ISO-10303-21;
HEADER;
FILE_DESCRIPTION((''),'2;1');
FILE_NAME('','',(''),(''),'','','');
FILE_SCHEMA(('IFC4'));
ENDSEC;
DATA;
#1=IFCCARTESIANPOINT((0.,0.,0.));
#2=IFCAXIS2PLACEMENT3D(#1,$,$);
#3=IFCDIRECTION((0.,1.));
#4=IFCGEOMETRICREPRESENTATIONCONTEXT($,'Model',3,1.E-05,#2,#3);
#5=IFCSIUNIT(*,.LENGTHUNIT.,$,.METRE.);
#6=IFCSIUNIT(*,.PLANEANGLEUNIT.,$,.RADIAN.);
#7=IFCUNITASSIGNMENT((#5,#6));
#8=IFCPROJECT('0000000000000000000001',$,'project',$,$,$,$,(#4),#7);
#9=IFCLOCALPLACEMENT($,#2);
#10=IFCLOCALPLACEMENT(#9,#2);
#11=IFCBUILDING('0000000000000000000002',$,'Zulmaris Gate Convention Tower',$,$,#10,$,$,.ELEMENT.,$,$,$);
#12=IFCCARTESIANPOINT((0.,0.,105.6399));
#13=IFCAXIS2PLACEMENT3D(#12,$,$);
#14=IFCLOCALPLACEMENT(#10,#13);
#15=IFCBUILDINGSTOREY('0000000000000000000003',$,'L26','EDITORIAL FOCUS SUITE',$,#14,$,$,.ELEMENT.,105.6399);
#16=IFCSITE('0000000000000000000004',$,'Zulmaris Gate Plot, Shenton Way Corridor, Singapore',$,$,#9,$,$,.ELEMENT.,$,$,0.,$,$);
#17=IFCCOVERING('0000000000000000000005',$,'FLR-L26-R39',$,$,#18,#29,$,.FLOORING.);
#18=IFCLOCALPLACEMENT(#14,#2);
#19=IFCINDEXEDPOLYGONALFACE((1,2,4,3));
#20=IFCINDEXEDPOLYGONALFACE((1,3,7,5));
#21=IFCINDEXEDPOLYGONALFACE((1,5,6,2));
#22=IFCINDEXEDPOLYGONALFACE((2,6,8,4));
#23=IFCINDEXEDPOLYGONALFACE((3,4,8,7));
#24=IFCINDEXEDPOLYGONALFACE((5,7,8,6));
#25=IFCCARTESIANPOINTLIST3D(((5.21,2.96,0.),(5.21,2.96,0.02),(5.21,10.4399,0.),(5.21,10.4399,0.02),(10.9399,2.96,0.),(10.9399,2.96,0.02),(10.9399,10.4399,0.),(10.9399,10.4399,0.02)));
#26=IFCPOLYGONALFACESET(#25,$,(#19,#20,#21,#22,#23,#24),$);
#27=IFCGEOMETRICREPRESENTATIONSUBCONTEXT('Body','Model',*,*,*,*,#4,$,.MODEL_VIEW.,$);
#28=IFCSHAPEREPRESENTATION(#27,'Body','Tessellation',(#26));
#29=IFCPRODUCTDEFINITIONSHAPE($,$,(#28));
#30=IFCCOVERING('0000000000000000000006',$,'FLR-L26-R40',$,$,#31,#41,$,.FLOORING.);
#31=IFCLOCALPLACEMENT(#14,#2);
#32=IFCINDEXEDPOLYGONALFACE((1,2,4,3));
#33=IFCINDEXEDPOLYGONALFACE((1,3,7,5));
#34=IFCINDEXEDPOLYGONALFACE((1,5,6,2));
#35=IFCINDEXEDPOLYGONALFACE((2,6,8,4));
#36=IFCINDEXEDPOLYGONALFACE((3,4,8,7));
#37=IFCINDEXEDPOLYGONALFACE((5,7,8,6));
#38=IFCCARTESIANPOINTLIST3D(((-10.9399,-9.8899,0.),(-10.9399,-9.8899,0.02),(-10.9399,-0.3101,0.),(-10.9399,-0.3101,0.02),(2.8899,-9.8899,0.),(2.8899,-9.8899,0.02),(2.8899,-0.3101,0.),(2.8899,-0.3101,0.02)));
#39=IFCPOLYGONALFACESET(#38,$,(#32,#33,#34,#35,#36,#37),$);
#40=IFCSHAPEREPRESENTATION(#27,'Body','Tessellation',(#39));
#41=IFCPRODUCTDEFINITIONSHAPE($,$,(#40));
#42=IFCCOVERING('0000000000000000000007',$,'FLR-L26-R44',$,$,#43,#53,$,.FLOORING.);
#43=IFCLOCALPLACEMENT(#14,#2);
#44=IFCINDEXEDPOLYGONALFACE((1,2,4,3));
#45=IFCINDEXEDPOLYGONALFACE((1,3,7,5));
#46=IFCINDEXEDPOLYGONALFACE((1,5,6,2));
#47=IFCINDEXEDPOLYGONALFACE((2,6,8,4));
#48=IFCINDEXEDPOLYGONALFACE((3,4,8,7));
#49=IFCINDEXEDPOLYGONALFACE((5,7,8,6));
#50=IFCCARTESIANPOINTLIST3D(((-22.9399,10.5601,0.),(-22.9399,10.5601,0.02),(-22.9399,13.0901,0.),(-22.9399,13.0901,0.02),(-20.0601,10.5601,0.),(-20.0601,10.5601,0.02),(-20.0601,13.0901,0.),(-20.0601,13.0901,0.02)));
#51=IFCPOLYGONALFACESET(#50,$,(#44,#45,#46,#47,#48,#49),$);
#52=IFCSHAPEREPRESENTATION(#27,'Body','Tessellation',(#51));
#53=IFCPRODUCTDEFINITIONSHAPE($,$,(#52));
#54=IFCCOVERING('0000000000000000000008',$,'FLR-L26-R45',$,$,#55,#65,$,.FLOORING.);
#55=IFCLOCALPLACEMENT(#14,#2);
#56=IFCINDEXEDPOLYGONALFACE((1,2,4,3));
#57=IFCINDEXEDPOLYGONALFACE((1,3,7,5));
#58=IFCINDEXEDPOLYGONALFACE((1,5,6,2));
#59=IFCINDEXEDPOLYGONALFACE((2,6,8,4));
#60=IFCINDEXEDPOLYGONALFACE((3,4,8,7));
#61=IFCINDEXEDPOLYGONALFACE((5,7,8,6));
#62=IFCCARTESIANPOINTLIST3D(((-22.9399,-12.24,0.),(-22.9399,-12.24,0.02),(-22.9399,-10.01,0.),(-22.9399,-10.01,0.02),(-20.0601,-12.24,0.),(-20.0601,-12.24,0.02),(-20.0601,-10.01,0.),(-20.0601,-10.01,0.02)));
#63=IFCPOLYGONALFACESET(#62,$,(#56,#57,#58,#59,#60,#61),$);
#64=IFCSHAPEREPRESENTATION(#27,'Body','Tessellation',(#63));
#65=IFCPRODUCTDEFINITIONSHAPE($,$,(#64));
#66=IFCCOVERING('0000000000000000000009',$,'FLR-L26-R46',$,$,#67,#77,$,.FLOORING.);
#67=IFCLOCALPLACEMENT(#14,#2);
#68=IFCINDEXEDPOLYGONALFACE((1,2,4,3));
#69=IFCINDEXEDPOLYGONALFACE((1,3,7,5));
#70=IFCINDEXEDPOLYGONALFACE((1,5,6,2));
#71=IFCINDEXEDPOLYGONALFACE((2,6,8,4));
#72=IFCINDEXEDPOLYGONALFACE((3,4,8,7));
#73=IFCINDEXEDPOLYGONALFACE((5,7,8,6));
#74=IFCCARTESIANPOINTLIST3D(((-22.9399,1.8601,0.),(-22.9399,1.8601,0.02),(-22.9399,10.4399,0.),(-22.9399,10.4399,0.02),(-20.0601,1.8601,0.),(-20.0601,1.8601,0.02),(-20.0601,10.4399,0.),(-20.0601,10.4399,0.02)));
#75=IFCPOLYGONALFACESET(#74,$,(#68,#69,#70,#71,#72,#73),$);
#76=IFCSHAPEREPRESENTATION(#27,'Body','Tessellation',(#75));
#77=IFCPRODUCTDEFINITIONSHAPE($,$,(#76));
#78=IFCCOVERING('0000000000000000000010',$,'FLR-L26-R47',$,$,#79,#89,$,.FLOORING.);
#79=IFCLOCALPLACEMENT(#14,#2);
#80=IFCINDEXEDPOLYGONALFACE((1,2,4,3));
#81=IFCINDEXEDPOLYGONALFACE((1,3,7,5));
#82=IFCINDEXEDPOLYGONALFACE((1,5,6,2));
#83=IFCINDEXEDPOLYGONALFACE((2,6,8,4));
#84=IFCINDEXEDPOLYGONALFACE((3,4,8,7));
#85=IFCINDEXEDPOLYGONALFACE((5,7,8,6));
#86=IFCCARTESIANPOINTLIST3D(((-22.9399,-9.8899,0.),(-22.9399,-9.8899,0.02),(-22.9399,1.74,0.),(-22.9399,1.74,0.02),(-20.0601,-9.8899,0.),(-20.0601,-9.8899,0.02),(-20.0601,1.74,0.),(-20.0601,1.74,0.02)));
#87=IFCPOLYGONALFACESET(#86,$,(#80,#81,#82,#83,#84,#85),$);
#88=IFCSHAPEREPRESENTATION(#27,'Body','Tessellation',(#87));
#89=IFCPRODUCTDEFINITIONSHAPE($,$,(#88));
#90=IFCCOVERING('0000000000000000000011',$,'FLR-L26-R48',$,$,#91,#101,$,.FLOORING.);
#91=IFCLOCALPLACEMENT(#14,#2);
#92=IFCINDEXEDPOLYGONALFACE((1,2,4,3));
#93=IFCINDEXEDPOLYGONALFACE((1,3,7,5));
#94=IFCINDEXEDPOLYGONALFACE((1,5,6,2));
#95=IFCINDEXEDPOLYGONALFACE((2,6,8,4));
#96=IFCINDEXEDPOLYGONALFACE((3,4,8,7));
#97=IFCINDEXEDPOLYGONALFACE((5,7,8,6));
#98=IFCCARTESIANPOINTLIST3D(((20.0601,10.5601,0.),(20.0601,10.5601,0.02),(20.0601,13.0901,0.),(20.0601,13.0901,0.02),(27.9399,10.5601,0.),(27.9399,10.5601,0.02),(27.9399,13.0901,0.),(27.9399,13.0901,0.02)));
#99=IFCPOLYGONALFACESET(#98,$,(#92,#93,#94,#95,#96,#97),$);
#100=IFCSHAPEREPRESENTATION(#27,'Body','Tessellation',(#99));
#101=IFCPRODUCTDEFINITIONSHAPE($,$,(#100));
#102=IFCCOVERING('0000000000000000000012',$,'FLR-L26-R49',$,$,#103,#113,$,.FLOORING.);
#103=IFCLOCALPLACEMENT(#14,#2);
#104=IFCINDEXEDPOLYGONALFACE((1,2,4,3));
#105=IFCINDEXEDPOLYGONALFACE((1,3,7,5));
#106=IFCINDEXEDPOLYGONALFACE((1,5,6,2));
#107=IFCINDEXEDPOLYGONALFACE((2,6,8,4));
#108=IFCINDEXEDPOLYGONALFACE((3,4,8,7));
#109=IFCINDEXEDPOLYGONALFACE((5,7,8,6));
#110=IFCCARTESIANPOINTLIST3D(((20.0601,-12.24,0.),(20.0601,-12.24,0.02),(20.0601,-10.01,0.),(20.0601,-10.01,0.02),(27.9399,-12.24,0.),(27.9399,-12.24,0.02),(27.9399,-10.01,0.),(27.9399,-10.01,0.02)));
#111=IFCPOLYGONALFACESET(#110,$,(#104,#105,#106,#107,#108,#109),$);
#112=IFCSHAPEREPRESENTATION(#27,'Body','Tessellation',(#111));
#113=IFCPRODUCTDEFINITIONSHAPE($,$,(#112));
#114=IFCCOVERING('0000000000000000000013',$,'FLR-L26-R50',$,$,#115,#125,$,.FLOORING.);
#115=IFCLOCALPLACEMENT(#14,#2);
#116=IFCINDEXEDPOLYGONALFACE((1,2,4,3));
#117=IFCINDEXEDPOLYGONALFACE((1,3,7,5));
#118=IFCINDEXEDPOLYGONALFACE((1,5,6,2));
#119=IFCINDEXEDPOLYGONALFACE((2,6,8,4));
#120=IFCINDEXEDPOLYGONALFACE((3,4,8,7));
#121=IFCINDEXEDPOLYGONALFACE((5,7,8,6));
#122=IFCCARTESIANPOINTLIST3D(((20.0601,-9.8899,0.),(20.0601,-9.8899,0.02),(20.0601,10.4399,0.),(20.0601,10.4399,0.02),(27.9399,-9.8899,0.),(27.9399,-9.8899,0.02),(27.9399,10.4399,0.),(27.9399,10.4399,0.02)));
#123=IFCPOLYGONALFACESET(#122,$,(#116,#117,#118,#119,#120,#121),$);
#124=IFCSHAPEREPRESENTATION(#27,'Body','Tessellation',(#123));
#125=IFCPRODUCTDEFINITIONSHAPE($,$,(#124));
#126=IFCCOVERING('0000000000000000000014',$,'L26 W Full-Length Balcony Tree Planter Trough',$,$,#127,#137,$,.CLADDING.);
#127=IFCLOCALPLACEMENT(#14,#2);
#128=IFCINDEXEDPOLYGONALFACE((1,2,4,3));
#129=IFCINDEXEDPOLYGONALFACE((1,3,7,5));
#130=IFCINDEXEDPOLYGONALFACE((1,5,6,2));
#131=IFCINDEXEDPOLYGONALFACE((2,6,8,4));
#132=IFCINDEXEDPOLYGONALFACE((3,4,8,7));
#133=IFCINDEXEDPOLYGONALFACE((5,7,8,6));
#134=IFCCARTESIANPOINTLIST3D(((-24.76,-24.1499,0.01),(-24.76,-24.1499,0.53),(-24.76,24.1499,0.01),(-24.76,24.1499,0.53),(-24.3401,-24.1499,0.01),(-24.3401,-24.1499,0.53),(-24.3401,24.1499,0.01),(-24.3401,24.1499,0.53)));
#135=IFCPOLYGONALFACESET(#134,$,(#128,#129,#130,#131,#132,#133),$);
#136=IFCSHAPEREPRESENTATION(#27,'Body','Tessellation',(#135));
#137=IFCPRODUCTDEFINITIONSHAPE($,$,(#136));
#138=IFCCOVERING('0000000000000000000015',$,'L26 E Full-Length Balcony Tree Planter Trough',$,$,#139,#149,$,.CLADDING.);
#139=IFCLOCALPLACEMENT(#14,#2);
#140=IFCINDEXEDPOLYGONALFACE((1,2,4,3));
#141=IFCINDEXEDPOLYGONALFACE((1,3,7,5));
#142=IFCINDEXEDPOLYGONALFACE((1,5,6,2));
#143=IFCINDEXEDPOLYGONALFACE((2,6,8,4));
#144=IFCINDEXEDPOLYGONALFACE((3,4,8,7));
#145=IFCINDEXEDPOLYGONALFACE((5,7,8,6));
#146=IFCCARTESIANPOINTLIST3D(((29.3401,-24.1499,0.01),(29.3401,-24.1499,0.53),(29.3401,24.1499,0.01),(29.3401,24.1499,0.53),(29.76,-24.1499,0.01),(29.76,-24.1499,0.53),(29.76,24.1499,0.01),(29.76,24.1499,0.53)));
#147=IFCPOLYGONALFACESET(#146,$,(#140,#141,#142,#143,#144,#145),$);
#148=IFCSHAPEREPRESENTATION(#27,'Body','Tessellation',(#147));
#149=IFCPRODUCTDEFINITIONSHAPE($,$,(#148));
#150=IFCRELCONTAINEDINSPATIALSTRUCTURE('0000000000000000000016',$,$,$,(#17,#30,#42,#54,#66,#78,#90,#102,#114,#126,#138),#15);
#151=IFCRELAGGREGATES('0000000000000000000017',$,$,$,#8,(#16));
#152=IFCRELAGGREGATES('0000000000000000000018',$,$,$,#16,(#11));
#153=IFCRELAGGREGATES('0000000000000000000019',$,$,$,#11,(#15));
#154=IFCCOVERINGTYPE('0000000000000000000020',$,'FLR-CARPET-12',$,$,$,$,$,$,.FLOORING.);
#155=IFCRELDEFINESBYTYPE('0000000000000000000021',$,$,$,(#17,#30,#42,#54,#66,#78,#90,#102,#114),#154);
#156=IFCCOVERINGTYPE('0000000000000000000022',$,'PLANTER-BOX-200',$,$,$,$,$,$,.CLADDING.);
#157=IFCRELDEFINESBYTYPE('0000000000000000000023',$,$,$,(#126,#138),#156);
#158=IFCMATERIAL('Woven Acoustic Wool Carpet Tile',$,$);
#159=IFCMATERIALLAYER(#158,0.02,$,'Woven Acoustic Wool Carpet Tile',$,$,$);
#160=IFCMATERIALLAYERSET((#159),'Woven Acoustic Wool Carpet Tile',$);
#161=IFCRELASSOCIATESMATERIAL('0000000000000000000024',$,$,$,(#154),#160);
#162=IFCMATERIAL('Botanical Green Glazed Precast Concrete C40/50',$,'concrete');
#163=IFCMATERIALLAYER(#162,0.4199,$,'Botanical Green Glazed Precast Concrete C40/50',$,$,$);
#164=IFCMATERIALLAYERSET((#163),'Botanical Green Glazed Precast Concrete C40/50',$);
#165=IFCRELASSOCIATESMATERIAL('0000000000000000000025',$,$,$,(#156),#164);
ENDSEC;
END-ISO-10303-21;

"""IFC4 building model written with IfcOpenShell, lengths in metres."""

from ifc_helpers import new_model, si_unit, direction, frame, origin, place, context, subcontext, project, spatial, polyline, outline, extrude, material, layer, layer_set, type_object, element, save


model = new_model("IFC4")

# Units and contexts
model_context = context("Model", 3, precision=1e-05, world=origin(), true_north=direction((0.0, 1.0)))
body_context = subcontext(model_context, "Body", "Model", "MODEL_VIEW")
ifc_project = project(units=[si_unit("LENGTHUNIT", "METRE"), si_unit("PLANEANGLEUNIT", "RADIAN")], contexts=[model_context])

# Site, building, storey
site_placement = place(None, origin())
site = spatial("IfcSite", under=ifc_project, at=site_placement, Name="Zulmaris Gate Plot, Shenton Way Corridor, Singapore", CompositionType="ELEMENT", RefElevation=0.0)
building_placement = place(site_placement, origin())
building = spatial("IfcBuilding", under=site, at=building_placement, Name="Zulmaris Gate Convention Tower", CompositionType="ELEMENT")
storey_placement = place(building_placement, frame((0.0, 0.0, 105.6399)))
storey = spatial("IfcBuildingStorey", under=building, at=storey_placement, Name="L26", Description="EDITORIAL FOCUS SUITE", CompositionType="ELEMENT", Elevation=105.6399)

# Coverings
ifc_material_1 = material(Name="Woven Acoustic Wool Carpet Tile")
ifc_layer_1 = layer(ifc_material_1, 0.02, Name="Woven Acoustic Wool Carpet Tile")
ifc_layer_set_1 = layer_set([ifc_layer_1], Name="Woven Acoustic Wool Carpet Tile")
covering_type_1 = type_object("IfcCoveringType", Name="FLR-CARPET-12", PredefinedType="FLOORING", material=ifc_layer_set_1)
covering_1_placement = place(storey_placement, origin())
element("IfcCovering", 1, at=covering_1_placement, inside=storey, type_object=covering_type_1, Name="FLR-L26-R39", PredefinedType="FLOORING", context=body_context, shape_type="SweptSolid", body=[
    extrude(outline(polyline([(5.21, 2.96), (10.9399, 2.96), (10.9399, 10.4399), (5.21, 10.4399), (5.21, 2.96)])), origin(), (0.0, 0.0, 1.0), 0.02),
])
covering_2_placement = place(storey_placement, origin())
element("IfcCovering", 2, at=covering_2_placement, inside=storey, type_object=covering_type_1, Name="FLR-L26-R40", PredefinedType="FLOORING", context=body_context, shape_type="SweptSolid", body=[
    extrude(outline(polyline([(-10.9399, -9.8899), (2.8899, -9.8899), (2.8899, -0.3101), (-10.9399, -0.3101), (-10.9399, -9.8899)])), origin(), (0.0, 0.0, 1.0), 0.02),
])
covering_3_placement = place(storey_placement, origin())
element("IfcCovering", 3, at=covering_3_placement, inside=storey, type_object=covering_type_1, Name="FLR-L26-R44", PredefinedType="FLOORING", context=body_context, shape_type="SweptSolid", body=[
    extrude(outline(polyline([(-22.9399, 10.5601), (-20.0601, 10.5601), (-20.0601, 13.0901), (-22.9399, 13.0901), (-22.9399, 10.5601)])), origin(), (0.0, 0.0, 1.0), 0.02),
])
covering_4_placement = place(storey_placement, origin())
element("IfcCovering", 4, at=covering_4_placement, inside=storey, type_object=covering_type_1, Name="FLR-L26-R45", PredefinedType="FLOORING", context=body_context, shape_type="SweptSolid", body=[
    extrude(outline(polyline([(-22.9399, -12.24), (-20.0601, -12.24), (-20.0601, -10.01), (-22.9399, -10.01), (-22.9399, -12.24)])), origin(), (0.0, 0.0, 1.0), 0.02),
])
covering_5_placement = place(storey_placement, origin())
element("IfcCovering", 5, at=covering_5_placement, inside=storey, type_object=covering_type_1, Name="FLR-L26-R46", PredefinedType="FLOORING", context=body_context, shape_type="SweptSolid", body=[
    extrude(outline(polyline([(-22.9399, 1.8601), (-20.0601, 1.8601), (-20.0601, 10.4399), (-22.9399, 10.4399), (-22.9399, 1.8601)])), origin(), (0.0, 0.0, 1.0), 0.02),
])
covering_6_placement = place(storey_placement, origin())
element("IfcCovering", 6, at=covering_6_placement, inside=storey, type_object=covering_type_1, Name="FLR-L26-R47", PredefinedType="FLOORING", context=body_context, shape_type="SweptSolid", body=[
    extrude(outline(polyline([(-22.9399, -9.8899), (-20.0601, -9.8899), (-20.0601, 1.74), (-22.9399, 1.74), (-22.9399, -9.8899)])), origin(), (0.0, 0.0, 1.0), 0.02),
])
covering_7_placement = place(storey_placement, origin())
element("IfcCovering", 7, at=covering_7_placement, inside=storey, type_object=covering_type_1, Name="FLR-L26-R48", PredefinedType="FLOORING", context=body_context, shape_type="SweptSolid", body=[
    extrude(outline(polyline([(20.0601, 10.5601), (27.9399, 10.5601), (27.9399, 13.0901), (20.0601, 13.0901), (20.0601, 10.5601)])), origin(), (0.0, 0.0, 1.0), 0.02),
])
covering_8_placement = place(storey_placement, origin())
element("IfcCovering", 8, at=covering_8_placement, inside=storey, type_object=covering_type_1, Name="FLR-L26-R49", PredefinedType="FLOORING", context=body_context, shape_type="SweptSolid", body=[
    extrude(outline(polyline([(20.0601, -12.24), (27.9399, -12.24), (27.9399, -10.01), (20.0601, -10.01), (20.0601, -12.24)])), origin(), (0.0, 0.0, 1.0), 0.02),
])
covering_9_placement = place(storey_placement, origin())
element("IfcCovering", 9, at=covering_9_placement, inside=storey, type_object=covering_type_1, Name="FLR-L26-R50", PredefinedType="FLOORING", context=body_context, shape_type="SweptSolid", body=[
    extrude(outline(polyline([(20.0601, -9.8899), (27.9399, -9.8899), (27.9399, 10.4399), (20.0601, 10.4399), (20.0601, -9.8899)])), origin(), (0.0, 0.0, 1.0), 0.02),
])
ifc_material_2 = material(Name="Botanical Green Glazed Precast Concrete C40/50", Category="concrete")
ifc_layer_2 = layer(ifc_material_2, 0.4199, Name="Botanical Green Glazed Precast Concrete C40/50")
ifc_layer_set_2 = layer_set([ifc_layer_2], Name="Botanical Green Glazed Precast Concrete C40/50")
covering_type_2 = type_object("IfcCoveringType", Name="PLANTER-BOX-200", PredefinedType="CLADDING", material=ifc_layer_set_2)
covering_10_placement = place(storey_placement, frame((0.0, 0.0, 0.01)))
element("IfcCovering", 10, at=covering_10_placement, inside=storey, type_object=covering_type_2, Name="L26 W Full-Length Balcony Tree Planter Trough", PredefinedType="CLADDING", context=body_context, shape_type="SweptSolid", body=[
    extrude(outline(polyline([(-24.76, -24.1499), (-24.3401, -24.1499), (-24.3401, 24.1499), (-24.76, 24.1499), (-24.76, -24.1499)])), origin(), (0.0, 0.0, 1.0), 0.52),
])
covering_11_placement = place(storey_placement, frame((0.0, 0.0, 0.01)))
element("IfcCovering", 11, at=covering_11_placement, inside=storey, type_object=covering_type_2, Name="L26 E Full-Length Balcony Tree Planter Trough", PredefinedType="CLADDING", context=body_context, shape_type="SweptSolid", body=[
    extrude(outline(polyline([(29.3401, -24.1499), (29.76, -24.1499), (29.76, 24.1499), (29.3401, 24.1499), (29.3401, -24.1499)])), origin(), (0.0, 0.0, 1.0), 0.52),
])

save(model, "model.ifc")
